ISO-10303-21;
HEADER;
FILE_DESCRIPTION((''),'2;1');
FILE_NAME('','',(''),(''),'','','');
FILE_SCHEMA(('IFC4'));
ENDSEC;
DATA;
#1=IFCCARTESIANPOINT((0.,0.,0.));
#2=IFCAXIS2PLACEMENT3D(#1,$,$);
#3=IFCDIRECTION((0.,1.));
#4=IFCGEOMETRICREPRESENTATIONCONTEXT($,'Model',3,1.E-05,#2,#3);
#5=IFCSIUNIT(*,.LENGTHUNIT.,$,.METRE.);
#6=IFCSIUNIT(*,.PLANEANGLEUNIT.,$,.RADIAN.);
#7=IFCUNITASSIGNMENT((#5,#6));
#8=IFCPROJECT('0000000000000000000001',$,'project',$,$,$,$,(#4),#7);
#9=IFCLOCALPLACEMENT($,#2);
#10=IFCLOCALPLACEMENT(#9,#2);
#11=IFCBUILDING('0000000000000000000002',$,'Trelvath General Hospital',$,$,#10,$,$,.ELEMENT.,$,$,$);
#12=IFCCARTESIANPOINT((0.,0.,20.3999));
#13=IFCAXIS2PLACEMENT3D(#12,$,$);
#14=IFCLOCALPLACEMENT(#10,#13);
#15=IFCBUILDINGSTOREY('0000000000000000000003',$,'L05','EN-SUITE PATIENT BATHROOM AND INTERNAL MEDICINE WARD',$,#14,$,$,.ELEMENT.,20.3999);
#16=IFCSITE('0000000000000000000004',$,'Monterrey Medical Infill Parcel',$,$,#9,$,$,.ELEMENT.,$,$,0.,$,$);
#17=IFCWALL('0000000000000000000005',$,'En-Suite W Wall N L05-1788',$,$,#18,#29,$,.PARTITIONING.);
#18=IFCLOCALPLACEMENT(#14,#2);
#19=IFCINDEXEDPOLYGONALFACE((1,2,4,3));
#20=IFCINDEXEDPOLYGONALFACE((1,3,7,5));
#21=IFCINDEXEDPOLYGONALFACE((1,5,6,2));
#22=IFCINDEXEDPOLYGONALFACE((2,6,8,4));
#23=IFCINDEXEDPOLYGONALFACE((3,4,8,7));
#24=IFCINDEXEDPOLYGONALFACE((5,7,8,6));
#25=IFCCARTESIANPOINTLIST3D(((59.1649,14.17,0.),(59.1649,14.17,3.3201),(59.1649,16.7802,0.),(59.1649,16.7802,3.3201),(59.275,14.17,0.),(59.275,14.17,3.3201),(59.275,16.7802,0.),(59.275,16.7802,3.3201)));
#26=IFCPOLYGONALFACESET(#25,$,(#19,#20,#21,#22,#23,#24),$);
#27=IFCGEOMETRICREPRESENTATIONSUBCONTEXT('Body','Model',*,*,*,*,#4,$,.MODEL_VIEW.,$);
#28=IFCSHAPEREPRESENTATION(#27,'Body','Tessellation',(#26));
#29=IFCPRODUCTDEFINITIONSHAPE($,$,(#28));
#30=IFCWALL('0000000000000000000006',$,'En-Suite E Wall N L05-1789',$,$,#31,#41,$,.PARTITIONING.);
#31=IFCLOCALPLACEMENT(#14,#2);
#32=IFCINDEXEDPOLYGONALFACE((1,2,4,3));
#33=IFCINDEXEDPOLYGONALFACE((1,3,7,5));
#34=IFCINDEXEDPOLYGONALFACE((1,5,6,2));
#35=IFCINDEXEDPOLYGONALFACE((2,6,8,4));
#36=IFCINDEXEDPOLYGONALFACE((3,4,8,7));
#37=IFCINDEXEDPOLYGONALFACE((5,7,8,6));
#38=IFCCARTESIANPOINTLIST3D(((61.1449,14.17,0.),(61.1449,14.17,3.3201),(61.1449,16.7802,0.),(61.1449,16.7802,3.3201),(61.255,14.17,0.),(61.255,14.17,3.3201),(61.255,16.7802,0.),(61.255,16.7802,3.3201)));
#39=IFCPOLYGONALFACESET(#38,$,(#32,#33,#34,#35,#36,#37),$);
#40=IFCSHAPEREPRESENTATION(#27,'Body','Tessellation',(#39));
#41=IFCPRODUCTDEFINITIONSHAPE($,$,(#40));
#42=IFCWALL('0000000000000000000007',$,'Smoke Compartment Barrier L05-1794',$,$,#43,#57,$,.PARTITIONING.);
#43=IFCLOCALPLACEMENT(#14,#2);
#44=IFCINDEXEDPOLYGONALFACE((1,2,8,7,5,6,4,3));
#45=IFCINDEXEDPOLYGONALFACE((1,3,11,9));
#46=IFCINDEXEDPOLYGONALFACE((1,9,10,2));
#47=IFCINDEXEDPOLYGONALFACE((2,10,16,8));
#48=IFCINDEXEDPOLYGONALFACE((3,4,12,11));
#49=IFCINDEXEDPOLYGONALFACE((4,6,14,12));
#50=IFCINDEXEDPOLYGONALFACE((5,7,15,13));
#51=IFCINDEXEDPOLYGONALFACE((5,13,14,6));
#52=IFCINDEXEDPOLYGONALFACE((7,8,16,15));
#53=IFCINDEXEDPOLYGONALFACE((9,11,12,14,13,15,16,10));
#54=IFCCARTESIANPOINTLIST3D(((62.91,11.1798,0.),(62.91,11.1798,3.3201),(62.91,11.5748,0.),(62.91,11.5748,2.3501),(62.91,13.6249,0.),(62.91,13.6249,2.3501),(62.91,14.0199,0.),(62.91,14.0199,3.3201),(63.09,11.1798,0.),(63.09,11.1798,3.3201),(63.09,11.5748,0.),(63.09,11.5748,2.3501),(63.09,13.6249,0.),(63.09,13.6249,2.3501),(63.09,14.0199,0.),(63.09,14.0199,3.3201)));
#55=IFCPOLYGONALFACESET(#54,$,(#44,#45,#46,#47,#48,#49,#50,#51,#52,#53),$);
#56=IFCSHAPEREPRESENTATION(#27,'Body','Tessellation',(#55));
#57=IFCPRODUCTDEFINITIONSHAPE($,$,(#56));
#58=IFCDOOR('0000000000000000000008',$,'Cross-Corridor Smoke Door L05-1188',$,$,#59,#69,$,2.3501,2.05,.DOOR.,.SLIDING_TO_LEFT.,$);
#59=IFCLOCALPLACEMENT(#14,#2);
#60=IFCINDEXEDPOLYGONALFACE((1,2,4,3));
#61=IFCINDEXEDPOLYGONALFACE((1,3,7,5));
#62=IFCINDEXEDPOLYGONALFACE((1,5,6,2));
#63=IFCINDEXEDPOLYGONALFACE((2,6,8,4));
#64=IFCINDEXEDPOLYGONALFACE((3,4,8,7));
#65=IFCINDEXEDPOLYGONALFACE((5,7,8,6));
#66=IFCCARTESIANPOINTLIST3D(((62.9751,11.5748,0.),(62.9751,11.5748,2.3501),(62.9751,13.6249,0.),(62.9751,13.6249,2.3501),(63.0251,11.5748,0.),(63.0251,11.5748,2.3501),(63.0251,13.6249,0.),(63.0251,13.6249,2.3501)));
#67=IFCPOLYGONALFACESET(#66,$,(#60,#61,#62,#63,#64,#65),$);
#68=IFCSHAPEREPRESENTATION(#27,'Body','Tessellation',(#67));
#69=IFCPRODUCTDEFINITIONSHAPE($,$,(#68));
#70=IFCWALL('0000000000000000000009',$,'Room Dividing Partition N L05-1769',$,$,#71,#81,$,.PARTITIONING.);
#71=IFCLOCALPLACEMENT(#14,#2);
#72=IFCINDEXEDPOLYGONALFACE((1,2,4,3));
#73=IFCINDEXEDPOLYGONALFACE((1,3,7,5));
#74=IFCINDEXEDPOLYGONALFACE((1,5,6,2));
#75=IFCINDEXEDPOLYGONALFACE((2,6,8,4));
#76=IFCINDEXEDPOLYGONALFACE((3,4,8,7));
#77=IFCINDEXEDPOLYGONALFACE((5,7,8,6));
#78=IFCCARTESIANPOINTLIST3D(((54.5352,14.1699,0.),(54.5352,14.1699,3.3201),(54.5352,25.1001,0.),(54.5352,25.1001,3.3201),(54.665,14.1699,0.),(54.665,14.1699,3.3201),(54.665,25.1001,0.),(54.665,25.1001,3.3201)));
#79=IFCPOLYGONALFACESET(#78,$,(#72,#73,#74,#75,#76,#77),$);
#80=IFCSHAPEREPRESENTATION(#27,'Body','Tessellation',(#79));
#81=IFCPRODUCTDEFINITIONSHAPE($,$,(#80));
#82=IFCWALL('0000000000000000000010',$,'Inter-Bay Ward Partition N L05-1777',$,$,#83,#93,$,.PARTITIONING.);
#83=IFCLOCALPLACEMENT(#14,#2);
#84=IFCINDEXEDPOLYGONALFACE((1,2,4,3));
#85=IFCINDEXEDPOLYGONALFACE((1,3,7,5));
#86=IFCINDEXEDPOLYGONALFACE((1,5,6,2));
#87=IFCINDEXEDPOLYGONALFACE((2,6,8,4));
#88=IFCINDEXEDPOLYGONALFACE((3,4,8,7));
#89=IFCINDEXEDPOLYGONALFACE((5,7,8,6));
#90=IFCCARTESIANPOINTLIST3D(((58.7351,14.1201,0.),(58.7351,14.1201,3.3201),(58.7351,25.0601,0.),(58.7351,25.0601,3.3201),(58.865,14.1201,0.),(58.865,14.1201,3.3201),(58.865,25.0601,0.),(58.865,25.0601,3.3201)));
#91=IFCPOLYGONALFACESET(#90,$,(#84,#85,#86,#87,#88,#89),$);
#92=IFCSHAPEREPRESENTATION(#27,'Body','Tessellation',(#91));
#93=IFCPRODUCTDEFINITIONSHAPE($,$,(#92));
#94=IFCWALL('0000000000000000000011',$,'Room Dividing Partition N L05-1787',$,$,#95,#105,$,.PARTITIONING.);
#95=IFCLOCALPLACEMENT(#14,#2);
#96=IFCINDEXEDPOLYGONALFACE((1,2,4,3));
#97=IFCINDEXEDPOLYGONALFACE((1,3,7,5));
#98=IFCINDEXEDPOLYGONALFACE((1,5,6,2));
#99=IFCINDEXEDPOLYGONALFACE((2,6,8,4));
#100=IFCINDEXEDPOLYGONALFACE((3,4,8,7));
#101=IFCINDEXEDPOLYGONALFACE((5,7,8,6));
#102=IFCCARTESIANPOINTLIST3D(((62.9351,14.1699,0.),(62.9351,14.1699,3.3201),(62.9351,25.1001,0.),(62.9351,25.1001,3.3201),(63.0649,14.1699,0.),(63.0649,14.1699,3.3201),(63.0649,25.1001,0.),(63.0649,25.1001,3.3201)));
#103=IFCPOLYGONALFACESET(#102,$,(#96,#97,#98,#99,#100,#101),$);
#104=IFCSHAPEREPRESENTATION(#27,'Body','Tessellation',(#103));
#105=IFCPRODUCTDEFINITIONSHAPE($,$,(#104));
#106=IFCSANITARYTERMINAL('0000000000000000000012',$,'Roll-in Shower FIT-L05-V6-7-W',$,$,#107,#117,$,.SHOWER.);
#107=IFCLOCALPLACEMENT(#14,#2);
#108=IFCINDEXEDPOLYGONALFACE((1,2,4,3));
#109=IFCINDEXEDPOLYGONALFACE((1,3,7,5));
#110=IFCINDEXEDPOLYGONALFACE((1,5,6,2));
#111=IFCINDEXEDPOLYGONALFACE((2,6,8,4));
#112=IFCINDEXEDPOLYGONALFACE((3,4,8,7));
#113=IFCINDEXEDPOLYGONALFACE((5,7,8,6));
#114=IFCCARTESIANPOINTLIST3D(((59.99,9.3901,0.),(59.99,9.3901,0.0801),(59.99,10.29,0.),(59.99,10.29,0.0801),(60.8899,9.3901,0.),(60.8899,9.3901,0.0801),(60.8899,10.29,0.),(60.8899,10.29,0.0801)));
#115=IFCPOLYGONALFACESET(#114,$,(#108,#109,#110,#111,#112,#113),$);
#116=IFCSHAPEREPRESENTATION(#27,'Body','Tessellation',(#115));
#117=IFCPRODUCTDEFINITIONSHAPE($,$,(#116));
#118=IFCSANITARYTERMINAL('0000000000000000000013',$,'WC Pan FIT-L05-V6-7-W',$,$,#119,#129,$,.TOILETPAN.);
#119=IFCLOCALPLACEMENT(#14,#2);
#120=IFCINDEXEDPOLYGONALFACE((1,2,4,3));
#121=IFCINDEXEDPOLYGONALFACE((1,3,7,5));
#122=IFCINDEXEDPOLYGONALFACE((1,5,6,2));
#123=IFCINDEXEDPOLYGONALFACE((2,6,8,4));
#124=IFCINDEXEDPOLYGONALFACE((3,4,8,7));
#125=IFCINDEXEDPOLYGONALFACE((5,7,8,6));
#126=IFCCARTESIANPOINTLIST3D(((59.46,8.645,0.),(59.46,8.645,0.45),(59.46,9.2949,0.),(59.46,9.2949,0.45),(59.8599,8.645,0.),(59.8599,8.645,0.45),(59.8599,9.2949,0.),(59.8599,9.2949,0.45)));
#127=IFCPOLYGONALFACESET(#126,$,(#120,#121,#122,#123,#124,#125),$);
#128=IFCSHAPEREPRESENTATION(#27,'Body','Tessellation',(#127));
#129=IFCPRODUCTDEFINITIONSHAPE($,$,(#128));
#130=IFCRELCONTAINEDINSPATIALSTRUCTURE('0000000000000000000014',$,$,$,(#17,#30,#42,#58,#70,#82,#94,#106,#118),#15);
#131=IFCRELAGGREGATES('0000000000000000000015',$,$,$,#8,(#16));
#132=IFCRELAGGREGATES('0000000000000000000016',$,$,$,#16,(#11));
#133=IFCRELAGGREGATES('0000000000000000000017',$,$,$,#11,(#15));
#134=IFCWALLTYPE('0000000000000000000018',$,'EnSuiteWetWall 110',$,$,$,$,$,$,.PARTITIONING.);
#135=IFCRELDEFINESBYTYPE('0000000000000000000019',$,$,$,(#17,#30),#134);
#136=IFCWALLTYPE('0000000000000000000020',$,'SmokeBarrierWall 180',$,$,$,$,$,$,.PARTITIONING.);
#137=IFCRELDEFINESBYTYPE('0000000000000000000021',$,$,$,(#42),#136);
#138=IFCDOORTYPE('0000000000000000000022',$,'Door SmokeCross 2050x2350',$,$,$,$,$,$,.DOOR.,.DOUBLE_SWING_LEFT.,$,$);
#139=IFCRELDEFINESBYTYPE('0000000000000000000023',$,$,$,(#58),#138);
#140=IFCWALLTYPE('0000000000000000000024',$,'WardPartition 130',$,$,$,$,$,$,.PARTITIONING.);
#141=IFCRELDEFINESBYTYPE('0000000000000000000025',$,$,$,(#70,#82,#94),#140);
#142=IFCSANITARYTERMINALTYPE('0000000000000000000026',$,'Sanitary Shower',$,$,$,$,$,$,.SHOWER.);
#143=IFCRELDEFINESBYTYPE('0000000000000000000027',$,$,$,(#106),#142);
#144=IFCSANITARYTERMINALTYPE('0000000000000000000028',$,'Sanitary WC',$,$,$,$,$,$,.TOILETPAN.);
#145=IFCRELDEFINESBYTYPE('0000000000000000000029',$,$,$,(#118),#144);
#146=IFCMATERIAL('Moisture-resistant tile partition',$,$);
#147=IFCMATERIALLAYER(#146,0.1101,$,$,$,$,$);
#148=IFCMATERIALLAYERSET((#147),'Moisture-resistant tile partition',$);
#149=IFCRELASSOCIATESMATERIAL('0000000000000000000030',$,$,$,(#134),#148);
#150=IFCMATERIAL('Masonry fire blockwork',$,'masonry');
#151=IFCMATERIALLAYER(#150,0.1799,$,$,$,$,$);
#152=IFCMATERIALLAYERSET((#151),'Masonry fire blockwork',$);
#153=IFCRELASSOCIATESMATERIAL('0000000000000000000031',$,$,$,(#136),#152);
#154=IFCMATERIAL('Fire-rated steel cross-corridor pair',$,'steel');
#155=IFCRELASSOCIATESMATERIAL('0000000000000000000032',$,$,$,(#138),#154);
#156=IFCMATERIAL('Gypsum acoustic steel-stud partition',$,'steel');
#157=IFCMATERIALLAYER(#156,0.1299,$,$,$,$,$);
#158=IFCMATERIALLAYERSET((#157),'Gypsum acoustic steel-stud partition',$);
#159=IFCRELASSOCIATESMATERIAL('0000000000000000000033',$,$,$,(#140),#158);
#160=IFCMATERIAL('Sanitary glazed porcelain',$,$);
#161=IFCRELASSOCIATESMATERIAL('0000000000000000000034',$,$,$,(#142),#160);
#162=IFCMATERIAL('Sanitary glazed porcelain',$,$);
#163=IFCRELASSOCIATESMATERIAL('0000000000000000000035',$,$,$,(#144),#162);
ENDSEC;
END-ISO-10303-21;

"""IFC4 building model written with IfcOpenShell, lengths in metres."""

from ifc_helpers import new_model, si_unit, direction, frame, frame_2d, origin, origin_2d, place, context, subcontext, project, spatial, rectangle, extrude, material, layer, layer_set, type_object, element, fill, save


model = new_model("IFC4")

# Units and contexts
model_context = context("Model", 3, precision=1e-05, world=origin(), true_north=direction((0.0, 1.0)))
body_context = subcontext(model_context, "Body", "Model", "MODEL_VIEW")
ifc_project = project(units=[si_unit("LENGTHUNIT", "METRE"), si_unit("PLANEANGLEUNIT", "RADIAN")], contexts=[model_context])

# Site, building, storey
site_placement = place(None, origin())
site = spatial("IfcSite", under=ifc_project, at=site_placement, Name="Monterrey Medical Infill Parcel", CompositionType="ELEMENT", RefElevation=0.0)
building_placement = place(site_placement, origin())
building = spatial("IfcBuilding", under=site, at=building_placement, Name="Trelvath General Hospital", CompositionType="ELEMENT")
storey_placement = place(building_placement, frame((0.0, 0.0, 20.3999)))
storey = spatial("IfcBuildingStorey", under=building, at=storey_placement, Name="L05", Description="EN-SUITE PATIENT BATHROOM AND INTERNAL MEDICINE WARD", CompositionType="ELEMENT", Elevation=20.3999)

# Shared definitions
ifc_material_1 = material(Name="Moisture-resistant tile partition")
ifc_layer_1 = layer(ifc_material_1, 0.1101)
ifc_layer_set_1 = layer_set([ifc_layer_1], Name="Moisture-resistant tile partition")
wall_type_1 = type_object("IfcWallType", Name="EnSuiteWetWall 110", PredefinedType="PARTITIONING", material=ifc_layer_set_1)

# Walls
for number, where, z_axis, x_axis, name in (
    (1, (59.22, 14.1699, 0.0), (0.0, 0.0, 1.0), (0.0, 1.0, 0.0), "En-Suite W Wall N L05-1788"),
    (2, (61.2, 14.1699, 0.0), (0.0, 0.0, 1.0), (0.0, 1.0, 0.0), "En-Suite E Wall N L05-1789"),
):
    element("IfcWall", number, at=place(storey_placement, frame(where, z_axis=z_axis, x_axis=x_axis)), inside=storey, type_object=wall_type_1, Name=name, PredefinedType="PARTITIONING", context=body_context, shape_type="SweptSolid", body=[
        extrude(rectangle(XDim=2.6101, YDim=0.1101, at=frame_2d((1.3052, 0.0))), origin(), (0.0, 0.0, 1.0), 3.3201),
    ])

# Wall, opening, door
ifc_material_2 = material(Name="Masonry fire blockwork", Category="masonry")
ifc_layer_2 = layer(ifc_material_2, 0.1799)
ifc_layer_set_2 = layer_set([ifc_layer_2], Name="Masonry fire blockwork")
wall_type_2 = type_object("IfcWallType", Name="SmokeBarrierWall 180", PredefinedType="PARTITIONING", material=ifc_layer_set_2)
wall_1_placement = place(storey_placement, frame((63.0, 11.1799, 0.0), z_axis=(0.0, 0.0, 1.0), x_axis=(0.0, 1.0, 0.0)))
wall_1 = element("IfcWall", 3, at=wall_1_placement, inside=storey, type_object=wall_type_2, Name="Smoke Compartment Barrier L05-1794", PredefinedType="PARTITIONING", context=body_context, shape_type="SweptSolid", body=[
    extrude(rectangle(XDim=2.8401, YDim=0.1799, at=frame_2d((1.4199, 0.0))), origin(), (0.0, 0.0, 1.0), 3.3201),
])
opening_1_placement = place(wall_1_placement, frame((0.395, 0.0, 0.0)))
opening_1 = element("IfcOpeningElement", 4, at=opening_1_placement, cuts=wall_1, PredefinedType="OPENING", context=body_context, shape_type="SweptSolid", body=[
    extrude(rectangle(XDim=2.05, YDim=2.3501, at=frame_2d((1.0249, 1.175))), frame((0.0, 0.0999, 0.0), z_axis=(0.0, -1.0, 0.0), x_axis=(1.0, 0.0, 0.0)), (0.0, 0.0, 1.0), 0.2),
])
ifc_material_3 = material(Name="Fire-rated steel cross-corridor pair", Category="steel")
door_type_1 = type_object("IfcDoorType", Name="Door SmokeCross 2050x2350", OperationType="DOUBLE_SWING_LEFT", PredefinedType="DOOR", material=ifc_material_3)
door_1_placement = place(opening_1_placement, origin())
door_1 = element("IfcDoor", 5, at=door_1_placement, inside=storey, type_object=door_type_1, Name="Cross-Corridor Smoke Door L05-1188", OperationType="SLIDING_TO_LEFT", OverallHeight=2.3501, OverallWidth=2.05, PredefinedType="DOOR", context=body_context, shape_type="SweptSolid", body=[
    extrude(rectangle(XDim=2.05, YDim=2.3501, at=frame_2d((1.0249, 1.175))), frame((0.0, 0.0249, 0.0), z_axis=(0.0, -1.0, 0.0), x_axis=(1.0, 0.0, 0.0)), (0.0, 0.0, 1.0), 0.05),
])
fill(opening_1, door_1)

# Walls
ifc_material_4 = material(Name="Gypsum acoustic steel-stud partition", Category="steel")
ifc_layer_3 = layer(ifc_material_4, 0.1299)
ifc_layer_set_3 = layer_set([ifc_layer_3], Name="Gypsum acoustic steel-stud partition")
wall_type_3 = type_object("IfcWallType", Name="WardPartition 130", PredefinedType="PARTITIONING", material=ifc_layer_set_3)
wall_2_placement = place(storey_placement, frame((54.6001, 14.1699, 0.0), z_axis=(0.0, 0.0, 1.0), x_axis=(0.0, 1.0, 0.0)))
element("IfcWall", 6, at=wall_2_placement, inside=storey, type_object=wall_type_3, Name="Room Dividing Partition N L05-1769", PredefinedType="PARTITIONING", context=body_context, shape_type="SweptSolid", body=[
    extrude(rectangle(XDim=10.9302, YDim=0.1299, at=frame_2d((5.4651, 0.0))), origin(), (0.0, 0.0, 1.0), 3.3201),
])
wall_3_placement = place(storey_placement, frame((58.8, 14.1201, 0.0), z_axis=(0.0, 0.0, 1.0), x_axis=(0.0, 1.0, 0.0)))
element("IfcWall", 7, at=wall_3_placement, inside=storey, type_object=wall_type_3, Name="Inter-Bay Ward Partition N L05-1777", PredefinedType="PARTITIONING", context=body_context, shape_type="SweptSolid", body=[
    extrude(rectangle(XDim=10.9399, YDim=0.1299, at=frame_2d((5.47, 0.0))), origin(), (0.0, 0.0, 1.0), 3.3201),
])
wall_4_placement = place(storey_placement, frame((63.0, 14.1699, 0.0), z_axis=(0.0, 0.0, 1.0), x_axis=(0.0, 1.0, 0.0)))
element("IfcWall", 8, at=wall_4_placement, inside=storey, type_object=wall_type_3, Name="Room Dividing Partition N L05-1787", PredefinedType="PARTITIONING", context=body_context, shape_type="SweptSolid", body=[
    extrude(rectangle(XDim=10.9302, YDim=0.1299, at=frame_2d((5.4651, 0.0))), origin(), (0.0, 0.0, 1.0), 3.3201),
])

# Sanitary terminals
ifc_material_5 = material(Name="Sanitary glazed porcelain")
sanitary_terminal_type_1 = type_object("IfcSanitaryTerminalType", Name="Sanitary Shower", PredefinedType="SHOWER", material=ifc_material_5)
sanitary_terminal_1_placement = place(storey_placement, frame((60.4399, 9.8401, 0.0), z_axis=(0.0, 0.0, 1.0), x_axis=(1.0, 0.0, 0.0)))
element("IfcSanitaryTerminal", 9, at=sanitary_terminal_1_placement, inside=storey, type_object=sanitary_terminal_type_1, Name="Roll-in Shower FIT-L05-V6-7-W", PredefinedType="SHOWER", context=body_context, shape_type="SweptSolid", body=[
    extrude(rectangle(XDim=0.8999, YDim=0.8999, at=origin_2d()), origin(), (0.0, 0.0, 1.0), 0.0801),
])
ifc_material_6 = material(Name="Sanitary glazed porcelain")
sanitary_terminal_type_2 = type_object("IfcSanitaryTerminalType", Name="Sanitary WC", PredefinedType="TOILETPAN", material=ifc_material_6)
sanitary_terminal_2_placement = place(storey_placement, frame((59.6599, 8.97, 0.0), z_axis=(0.0, 0.0, 1.0), x_axis=(1.0, 0.0, 0.0)))
element("IfcSanitaryTerminal", 10, at=sanitary_terminal_2_placement, inside=storey, type_object=sanitary_terminal_type_2, Name="WC Pan FIT-L05-V6-7-W", PredefinedType="TOILETPAN", context=body_context, shape_type="SweptSolid", body=[
    extrude(rectangle(XDim=0.3999, YDim=0.6499, at=origin_2d()), origin(), (0.0, 0.0, 1.0), 0.45),
])

save(model, "model.ifc")
